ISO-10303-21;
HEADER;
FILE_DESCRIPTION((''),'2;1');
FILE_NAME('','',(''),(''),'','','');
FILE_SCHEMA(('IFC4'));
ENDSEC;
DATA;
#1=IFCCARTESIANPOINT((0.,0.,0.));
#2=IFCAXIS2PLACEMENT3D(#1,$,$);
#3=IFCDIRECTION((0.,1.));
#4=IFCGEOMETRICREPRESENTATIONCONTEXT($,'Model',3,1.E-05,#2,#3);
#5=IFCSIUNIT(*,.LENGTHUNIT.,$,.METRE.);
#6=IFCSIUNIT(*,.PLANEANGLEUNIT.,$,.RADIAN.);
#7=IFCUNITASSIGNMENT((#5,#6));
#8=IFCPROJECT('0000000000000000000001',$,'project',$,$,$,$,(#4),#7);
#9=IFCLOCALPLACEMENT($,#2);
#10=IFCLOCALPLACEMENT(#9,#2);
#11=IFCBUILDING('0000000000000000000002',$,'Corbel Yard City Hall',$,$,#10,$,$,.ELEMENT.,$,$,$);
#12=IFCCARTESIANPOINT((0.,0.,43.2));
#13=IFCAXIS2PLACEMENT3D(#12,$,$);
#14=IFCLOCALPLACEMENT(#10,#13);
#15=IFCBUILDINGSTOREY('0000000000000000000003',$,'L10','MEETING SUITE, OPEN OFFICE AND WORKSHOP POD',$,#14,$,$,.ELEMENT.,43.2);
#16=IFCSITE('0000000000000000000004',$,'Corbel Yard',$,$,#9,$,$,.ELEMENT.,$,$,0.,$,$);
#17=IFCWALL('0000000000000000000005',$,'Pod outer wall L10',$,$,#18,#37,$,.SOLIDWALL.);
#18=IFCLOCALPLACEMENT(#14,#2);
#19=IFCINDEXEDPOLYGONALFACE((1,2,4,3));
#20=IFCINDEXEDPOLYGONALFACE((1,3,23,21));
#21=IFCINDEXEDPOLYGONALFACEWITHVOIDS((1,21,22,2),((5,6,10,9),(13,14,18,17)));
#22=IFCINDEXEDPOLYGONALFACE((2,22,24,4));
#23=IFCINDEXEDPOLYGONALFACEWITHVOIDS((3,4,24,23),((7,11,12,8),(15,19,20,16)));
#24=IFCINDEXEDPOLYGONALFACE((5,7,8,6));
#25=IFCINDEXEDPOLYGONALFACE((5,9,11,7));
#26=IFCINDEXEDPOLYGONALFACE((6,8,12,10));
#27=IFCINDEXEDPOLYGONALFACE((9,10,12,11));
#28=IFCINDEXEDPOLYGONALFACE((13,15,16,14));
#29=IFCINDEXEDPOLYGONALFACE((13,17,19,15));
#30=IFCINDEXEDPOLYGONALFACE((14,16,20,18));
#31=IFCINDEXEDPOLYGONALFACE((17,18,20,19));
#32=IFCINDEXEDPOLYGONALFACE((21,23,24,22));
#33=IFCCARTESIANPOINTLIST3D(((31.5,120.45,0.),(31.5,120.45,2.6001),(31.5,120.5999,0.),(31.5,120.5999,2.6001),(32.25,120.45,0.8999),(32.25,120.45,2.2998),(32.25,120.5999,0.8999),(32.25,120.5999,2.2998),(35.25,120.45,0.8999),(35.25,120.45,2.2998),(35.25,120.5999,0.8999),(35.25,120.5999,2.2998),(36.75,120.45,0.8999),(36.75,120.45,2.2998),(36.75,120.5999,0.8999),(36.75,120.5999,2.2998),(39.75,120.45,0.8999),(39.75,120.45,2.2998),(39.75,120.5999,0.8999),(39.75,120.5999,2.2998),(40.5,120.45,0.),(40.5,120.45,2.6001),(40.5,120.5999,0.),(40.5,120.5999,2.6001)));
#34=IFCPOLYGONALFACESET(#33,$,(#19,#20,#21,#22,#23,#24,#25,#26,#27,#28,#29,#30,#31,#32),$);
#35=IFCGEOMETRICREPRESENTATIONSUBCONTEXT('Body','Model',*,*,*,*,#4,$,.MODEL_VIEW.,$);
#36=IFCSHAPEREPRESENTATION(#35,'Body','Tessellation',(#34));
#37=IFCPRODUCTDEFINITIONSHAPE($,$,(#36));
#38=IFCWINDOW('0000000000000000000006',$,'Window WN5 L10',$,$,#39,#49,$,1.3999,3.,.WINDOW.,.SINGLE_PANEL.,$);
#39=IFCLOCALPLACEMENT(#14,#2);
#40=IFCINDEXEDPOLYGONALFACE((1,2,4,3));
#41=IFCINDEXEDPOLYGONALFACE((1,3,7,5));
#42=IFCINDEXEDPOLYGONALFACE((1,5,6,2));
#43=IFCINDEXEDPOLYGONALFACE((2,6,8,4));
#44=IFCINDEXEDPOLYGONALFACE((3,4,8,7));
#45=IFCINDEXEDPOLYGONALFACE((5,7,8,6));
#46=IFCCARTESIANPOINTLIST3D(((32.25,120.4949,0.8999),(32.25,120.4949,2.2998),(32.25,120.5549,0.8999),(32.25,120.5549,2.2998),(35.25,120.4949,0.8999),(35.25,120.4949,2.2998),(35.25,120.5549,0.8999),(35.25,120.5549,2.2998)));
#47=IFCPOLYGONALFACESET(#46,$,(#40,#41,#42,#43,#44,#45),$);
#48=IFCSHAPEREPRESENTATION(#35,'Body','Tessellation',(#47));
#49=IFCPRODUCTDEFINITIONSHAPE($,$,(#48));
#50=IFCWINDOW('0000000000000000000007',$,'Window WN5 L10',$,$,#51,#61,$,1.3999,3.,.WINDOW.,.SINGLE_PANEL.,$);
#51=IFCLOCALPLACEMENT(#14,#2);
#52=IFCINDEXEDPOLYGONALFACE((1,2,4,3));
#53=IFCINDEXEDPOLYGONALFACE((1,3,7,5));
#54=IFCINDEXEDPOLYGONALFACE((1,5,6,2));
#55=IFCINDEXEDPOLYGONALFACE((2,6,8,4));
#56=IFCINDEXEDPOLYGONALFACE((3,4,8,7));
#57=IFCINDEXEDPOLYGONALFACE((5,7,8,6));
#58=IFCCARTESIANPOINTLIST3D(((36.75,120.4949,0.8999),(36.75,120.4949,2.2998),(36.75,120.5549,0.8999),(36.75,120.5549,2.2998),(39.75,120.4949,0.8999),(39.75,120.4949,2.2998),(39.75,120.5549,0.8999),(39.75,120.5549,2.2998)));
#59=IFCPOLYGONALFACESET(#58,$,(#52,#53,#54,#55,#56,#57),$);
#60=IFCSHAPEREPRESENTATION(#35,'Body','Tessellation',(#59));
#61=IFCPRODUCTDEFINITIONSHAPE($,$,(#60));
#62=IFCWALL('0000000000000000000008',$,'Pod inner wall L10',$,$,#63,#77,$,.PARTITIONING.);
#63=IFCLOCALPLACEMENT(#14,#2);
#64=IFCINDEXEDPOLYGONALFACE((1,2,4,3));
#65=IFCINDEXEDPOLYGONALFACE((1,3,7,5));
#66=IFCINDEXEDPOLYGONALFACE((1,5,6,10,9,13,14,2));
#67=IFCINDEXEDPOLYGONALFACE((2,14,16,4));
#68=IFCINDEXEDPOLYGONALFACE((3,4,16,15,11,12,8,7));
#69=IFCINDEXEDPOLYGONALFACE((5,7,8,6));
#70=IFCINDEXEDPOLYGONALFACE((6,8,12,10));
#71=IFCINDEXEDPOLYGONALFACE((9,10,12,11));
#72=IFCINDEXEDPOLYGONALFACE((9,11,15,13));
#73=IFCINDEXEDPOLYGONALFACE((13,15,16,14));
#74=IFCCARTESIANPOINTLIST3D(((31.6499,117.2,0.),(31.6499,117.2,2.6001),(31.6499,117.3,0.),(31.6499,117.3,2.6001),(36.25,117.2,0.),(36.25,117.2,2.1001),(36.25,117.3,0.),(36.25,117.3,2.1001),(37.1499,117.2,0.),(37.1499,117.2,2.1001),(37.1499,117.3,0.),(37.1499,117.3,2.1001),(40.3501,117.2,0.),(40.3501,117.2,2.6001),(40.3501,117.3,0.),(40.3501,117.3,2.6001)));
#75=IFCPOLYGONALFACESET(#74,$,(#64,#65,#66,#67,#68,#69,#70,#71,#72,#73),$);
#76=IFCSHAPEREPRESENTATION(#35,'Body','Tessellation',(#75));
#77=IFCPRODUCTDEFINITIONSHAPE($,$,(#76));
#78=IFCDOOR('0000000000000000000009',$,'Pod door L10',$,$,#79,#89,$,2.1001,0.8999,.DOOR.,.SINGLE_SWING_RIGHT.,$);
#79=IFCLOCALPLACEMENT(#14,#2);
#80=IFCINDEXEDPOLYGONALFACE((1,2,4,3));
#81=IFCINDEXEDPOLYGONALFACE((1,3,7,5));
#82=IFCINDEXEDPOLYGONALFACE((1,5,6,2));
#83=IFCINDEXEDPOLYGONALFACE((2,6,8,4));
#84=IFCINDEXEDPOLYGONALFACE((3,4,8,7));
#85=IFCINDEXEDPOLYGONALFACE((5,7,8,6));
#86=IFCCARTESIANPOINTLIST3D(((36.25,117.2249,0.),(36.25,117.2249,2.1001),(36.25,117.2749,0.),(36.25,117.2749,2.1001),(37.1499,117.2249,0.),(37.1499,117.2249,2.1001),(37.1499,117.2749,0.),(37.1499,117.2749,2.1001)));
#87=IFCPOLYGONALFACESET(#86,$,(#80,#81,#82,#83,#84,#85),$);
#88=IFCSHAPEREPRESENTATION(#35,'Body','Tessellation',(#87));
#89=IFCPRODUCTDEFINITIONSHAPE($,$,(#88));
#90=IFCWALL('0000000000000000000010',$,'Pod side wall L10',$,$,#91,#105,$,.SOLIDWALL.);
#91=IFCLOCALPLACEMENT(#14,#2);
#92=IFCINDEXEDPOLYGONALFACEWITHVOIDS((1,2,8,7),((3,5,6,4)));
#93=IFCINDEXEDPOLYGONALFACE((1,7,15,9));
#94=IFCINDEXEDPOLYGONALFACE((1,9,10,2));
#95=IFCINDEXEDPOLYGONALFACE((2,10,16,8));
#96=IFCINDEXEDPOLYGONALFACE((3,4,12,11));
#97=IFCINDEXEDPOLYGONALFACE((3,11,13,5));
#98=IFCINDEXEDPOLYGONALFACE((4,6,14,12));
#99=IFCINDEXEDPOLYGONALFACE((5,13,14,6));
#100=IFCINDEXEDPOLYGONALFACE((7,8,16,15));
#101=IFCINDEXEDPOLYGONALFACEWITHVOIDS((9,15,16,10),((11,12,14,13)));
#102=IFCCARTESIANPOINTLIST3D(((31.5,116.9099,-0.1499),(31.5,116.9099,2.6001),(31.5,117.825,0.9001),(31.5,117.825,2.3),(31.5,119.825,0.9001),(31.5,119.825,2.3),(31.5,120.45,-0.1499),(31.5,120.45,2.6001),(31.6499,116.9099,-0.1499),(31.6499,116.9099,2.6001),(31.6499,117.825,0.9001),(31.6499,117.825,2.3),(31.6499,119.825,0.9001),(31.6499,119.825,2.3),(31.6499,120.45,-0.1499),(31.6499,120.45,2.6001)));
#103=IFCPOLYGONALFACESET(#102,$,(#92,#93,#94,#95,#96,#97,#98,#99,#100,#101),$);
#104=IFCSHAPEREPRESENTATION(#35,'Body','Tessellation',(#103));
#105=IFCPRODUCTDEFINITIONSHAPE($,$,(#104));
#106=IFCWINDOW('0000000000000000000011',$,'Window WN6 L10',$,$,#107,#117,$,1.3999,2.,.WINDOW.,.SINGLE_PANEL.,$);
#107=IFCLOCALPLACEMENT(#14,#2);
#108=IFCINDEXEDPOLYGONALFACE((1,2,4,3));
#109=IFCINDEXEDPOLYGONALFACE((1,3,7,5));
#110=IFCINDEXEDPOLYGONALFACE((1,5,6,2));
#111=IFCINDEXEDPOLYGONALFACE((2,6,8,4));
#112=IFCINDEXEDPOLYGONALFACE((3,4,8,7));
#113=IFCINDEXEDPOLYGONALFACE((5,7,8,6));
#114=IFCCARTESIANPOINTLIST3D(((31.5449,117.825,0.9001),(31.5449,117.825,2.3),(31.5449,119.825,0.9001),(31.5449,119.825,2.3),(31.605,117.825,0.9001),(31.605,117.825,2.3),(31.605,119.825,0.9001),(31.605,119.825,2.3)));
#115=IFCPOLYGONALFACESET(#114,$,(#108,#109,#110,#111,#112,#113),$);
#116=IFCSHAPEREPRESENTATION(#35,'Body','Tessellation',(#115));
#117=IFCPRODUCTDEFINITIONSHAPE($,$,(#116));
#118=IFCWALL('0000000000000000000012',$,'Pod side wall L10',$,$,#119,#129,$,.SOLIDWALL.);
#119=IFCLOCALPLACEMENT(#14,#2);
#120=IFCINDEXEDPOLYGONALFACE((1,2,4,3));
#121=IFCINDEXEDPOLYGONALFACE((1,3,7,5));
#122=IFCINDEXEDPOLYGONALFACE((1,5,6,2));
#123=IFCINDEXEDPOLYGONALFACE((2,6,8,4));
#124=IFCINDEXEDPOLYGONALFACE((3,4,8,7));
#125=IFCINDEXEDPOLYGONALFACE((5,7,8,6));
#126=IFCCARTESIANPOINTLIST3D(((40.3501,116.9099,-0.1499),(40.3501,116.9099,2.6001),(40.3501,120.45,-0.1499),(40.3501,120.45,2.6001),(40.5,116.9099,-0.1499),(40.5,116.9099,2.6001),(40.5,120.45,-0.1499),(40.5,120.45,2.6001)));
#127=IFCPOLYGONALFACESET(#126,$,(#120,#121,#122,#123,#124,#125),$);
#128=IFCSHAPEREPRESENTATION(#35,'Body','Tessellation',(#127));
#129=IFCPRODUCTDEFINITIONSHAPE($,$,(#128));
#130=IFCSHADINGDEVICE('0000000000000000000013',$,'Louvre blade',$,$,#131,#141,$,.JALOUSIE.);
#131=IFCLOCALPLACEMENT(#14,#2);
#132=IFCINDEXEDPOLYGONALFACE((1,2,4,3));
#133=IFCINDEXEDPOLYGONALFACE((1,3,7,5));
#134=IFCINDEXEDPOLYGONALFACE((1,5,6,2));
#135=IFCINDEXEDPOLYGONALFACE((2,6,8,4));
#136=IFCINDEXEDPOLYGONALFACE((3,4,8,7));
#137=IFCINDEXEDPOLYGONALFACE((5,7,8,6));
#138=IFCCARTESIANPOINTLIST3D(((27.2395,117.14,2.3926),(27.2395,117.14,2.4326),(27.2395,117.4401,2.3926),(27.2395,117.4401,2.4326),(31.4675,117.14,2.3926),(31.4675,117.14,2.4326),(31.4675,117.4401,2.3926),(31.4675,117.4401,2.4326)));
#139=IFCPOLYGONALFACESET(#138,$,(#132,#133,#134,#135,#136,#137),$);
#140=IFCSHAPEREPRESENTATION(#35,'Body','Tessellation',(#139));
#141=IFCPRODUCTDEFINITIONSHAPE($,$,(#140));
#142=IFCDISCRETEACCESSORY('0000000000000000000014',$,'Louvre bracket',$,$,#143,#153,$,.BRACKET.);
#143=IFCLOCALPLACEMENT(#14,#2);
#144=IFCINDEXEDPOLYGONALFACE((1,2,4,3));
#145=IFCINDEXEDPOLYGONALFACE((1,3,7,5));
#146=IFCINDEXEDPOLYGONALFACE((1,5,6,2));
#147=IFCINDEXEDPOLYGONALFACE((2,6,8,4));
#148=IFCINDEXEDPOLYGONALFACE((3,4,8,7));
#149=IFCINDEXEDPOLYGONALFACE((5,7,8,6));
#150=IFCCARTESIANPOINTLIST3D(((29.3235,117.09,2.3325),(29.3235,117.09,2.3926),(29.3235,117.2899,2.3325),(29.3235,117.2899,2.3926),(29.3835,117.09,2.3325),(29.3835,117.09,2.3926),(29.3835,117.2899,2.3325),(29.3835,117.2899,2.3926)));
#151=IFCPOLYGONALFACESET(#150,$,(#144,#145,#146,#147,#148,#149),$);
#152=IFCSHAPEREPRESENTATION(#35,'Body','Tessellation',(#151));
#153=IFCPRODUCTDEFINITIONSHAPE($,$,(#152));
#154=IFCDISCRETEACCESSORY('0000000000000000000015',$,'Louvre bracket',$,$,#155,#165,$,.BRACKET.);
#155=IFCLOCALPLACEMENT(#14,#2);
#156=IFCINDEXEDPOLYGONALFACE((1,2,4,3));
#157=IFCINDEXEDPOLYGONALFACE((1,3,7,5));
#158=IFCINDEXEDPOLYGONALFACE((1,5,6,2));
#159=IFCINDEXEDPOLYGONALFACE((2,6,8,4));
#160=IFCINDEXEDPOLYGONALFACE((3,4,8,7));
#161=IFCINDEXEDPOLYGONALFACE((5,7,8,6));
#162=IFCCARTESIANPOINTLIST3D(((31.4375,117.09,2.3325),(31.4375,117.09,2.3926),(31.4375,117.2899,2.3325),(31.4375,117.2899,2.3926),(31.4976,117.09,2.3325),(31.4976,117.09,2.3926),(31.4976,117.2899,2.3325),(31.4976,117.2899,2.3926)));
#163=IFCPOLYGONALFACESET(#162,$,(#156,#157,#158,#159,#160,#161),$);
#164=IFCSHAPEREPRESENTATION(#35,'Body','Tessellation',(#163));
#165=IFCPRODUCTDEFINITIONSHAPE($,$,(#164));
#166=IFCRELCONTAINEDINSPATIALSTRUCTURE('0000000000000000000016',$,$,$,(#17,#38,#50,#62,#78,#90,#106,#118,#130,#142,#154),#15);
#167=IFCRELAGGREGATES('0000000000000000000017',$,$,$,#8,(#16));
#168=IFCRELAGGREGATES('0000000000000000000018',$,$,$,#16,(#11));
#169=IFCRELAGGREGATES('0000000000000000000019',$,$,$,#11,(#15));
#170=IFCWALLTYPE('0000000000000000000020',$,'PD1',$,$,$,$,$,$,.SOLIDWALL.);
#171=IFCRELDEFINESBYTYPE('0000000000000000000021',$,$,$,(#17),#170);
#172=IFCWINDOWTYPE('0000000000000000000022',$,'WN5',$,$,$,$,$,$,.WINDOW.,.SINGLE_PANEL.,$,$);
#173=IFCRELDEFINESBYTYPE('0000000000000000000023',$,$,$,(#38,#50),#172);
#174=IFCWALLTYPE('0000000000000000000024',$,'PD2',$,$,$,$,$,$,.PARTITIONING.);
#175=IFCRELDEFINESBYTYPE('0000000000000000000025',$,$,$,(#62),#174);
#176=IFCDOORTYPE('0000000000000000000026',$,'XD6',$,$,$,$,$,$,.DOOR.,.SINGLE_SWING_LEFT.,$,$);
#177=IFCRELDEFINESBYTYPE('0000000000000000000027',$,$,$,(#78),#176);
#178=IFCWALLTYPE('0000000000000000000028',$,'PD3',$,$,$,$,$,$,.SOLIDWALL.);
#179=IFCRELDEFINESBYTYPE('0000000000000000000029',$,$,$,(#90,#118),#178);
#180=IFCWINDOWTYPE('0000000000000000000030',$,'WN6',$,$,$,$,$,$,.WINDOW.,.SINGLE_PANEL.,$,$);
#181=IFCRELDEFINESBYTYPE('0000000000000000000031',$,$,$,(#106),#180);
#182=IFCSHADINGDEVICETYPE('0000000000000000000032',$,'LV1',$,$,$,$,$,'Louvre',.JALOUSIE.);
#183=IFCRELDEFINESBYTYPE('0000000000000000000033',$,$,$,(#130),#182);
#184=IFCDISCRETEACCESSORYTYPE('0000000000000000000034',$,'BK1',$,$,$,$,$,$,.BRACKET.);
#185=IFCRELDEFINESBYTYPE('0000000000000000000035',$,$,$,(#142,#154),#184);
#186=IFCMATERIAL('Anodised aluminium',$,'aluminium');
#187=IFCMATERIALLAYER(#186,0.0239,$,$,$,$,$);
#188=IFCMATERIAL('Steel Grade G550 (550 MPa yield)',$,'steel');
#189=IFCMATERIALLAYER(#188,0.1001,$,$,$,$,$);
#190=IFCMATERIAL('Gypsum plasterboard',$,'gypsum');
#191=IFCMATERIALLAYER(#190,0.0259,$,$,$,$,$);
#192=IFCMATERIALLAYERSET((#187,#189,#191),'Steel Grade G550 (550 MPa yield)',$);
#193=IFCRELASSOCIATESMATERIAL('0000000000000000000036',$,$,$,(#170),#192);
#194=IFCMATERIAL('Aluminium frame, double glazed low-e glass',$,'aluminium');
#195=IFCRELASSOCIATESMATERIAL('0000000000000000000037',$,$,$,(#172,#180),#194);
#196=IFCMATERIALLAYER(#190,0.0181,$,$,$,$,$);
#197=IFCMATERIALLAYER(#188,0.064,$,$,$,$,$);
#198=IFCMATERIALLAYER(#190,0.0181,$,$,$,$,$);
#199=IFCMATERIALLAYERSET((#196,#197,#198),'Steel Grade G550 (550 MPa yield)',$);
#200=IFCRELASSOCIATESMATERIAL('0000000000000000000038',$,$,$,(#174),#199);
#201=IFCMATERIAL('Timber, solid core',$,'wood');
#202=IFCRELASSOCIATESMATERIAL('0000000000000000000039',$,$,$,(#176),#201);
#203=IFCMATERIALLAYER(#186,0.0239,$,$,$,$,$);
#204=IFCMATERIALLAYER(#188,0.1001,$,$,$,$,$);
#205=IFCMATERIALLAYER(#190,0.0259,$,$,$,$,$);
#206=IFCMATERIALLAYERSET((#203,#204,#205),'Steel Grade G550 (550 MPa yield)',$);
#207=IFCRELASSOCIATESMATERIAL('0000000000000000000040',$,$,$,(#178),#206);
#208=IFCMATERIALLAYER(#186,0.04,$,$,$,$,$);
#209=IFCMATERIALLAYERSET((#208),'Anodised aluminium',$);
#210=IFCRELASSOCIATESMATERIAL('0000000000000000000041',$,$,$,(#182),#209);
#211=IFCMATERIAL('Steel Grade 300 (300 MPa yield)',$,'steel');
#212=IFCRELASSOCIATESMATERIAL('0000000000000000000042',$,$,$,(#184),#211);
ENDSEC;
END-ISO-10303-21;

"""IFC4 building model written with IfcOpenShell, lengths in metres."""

from ifc_helpers import new_model, si_unit, direction, frame, frame_2d, origin, origin_2d, place, context, subcontext, project, spatial, rectangle, extrude, material, layer, layer_set, type_object, element, fill, save


model = new_model("IFC4")

# Units and contexts
model_context = context("Model", 3, precision=1e-05, world=origin(), true_north=direction((0.0, 1.0)))
body_context = subcontext(model_context, "Body", "Model", "MODEL_VIEW")
ifc_project = project(units=[si_unit("LENGTHUNIT", "METRE"), si_unit("PLANEANGLEUNIT", "RADIAN")], contexts=[model_context])

# Site, building, storey
site_placement = place(None, origin())
site = spatial("IfcSite", under=ifc_project, at=site_placement, Name="Corbel Yard", CompositionType="ELEMENT", RefElevation=0.0)
building_placement = place(site_placement, origin())
building = spatial("IfcBuilding", under=site, at=building_placement, Name="Corbel Yard City Hall", CompositionType="ELEMENT")
storey_placement = place(building_placement, frame((0.0, 0.0, 43.2)))
storey = spatial("IfcBuildingStorey", under=building, at=storey_placement, Name="L10", Description="MEETING SUITE, OPEN OFFICE AND WORKSHOP POD", CompositionType="ELEMENT", Elevation=43.2)

# Shared definitions
ifc_material_1 = material(Name="Steel Grade 300 (300 MPa yield)", Category="steel")

# Wall, openings, windows
ifc_material_2 = material(Name="Anodised aluminium", Category="aluminium")
ifc_layer_1 = layer(ifc_material_2, 0.0239)
ifc_material_3 = material(Name="Steel Grade G550 (550 MPa yield)", Category="steel")
ifc_layer_2 = layer(ifc_material_3, 0.1001)
ifc_material_4 = material(Name="Gypsum plasterboard", Category="gypsum")
ifc_layer_3 = layer(ifc_material_4, 0.0259)
ifc_layer_set_1 = layer_set([ifc_layer_1, ifc_layer_2, ifc_layer_3], Name="Steel Grade G550 (550 MPa yield)")
wall_type_1 = type_object("IfcWallType", Name="PD1", PredefinedType="SOLIDWALL", material=ifc_layer_set_1)
wall_1_placement = place(storey_placement, frame((31.5, 120.5249, 0.0), z_axis=(0.0, 0.0, 1.0), x_axis=(1.0, 0.0, 0.0)))
wall_1 = element("IfcWall", 1, at=wall_1_placement, inside=storey, type_object=wall_type_1, Name="Pod outer wall L10", PredefinedType="SOLIDWALL", context=body_context, shape_type="SweptSolid", body=[
    extrude(rectangle(XDim=9.0, YDim=0.1499, at=frame_2d((4.5, 0.0))), origin(), (0.0, 0.0, 1.0), 2.6001),
])
opening_1_placement = place(wall_1_placement, frame((0.75, 0.0, 0.8999)))
opening_1 = element("IfcOpeningElement", 2, at=opening_1_placement, cuts=wall_1, PredefinedType="OPENING", context=body_context, shape_type="SweptSolid", body=[
    extrude(rectangle(XDim=3.0, YDim=1.3999, at=frame_2d((1.5, 0.7))), frame((0.0, 0.085, 0.0), z_axis=(0.0, -1.0, 0.0), x_axis=(1.0, 0.0, 0.0)), (0.0, 0.0, 1.0), 0.1699),
])
opening_2_placement = place(wall_1_placement, frame((5.25, 0.0, 0.8999)))
opening_2 = element("IfcOpeningElement", 3, at=opening_2_placement, cuts=wall_1, PredefinedType="OPENING", context=body_context, shape_type="SweptSolid", body=[
    extrude(rectangle(XDim=3.0, YDim=1.3999, at=frame_2d((1.5, 0.7))), frame((0.0, 0.085, 0.0), z_axis=(0.0, -1.0, 0.0), x_axis=(1.0, 0.0, 0.0)), (0.0, 0.0, 1.0), 0.1699),
])
ifc_material_5 = material(Name="Aluminium frame, double glazed low-e glass", Category="aluminium")
window_type_1 = type_object("IfcWindowType", Name="WN5", PartitioningType="SINGLE_PANEL", PredefinedType="WINDOW", material=ifc_material_5)
window_1_placement = place(opening_1_placement, origin())
window_1 = element("IfcWindow", 4, at=window_1_placement, inside=storey, type_object=window_type_1, Name="Window WN5 L10", OverallHeight=1.3999, OverallWidth=3.0, PartitioningType="SINGLE_PANEL", PredefinedType="WINDOW", context=body_context, shape_type="SweptSolid", body=[
    extrude(rectangle(XDim=3.0, YDim=1.3999, at=frame_2d((1.5, 0.7))), frame((0.0, 0.03, 0.0), z_axis=(0.0, -1.0, 0.0), x_axis=(1.0, 0.0, 0.0)), (0.0, 0.0, 1.0), 0.0601),
])
fill(opening_1, window_1)
window_2_placement = place(opening_2_placement, origin())
window_2 = element("IfcWindow", 5, at=window_2_placement, inside=storey, type_object=window_type_1, Name="Window WN5 L10", OverallHeight=1.3999, OverallWidth=3.0, PartitioningType="SINGLE_PANEL", PredefinedType="WINDOW", context=body_context, shape_type="SweptSolid", body=[
    extrude(rectangle(XDim=3.0, YDim=1.3999, at=frame_2d((1.5, 0.7))), frame((0.0, 0.03, 0.0), z_axis=(0.0, -1.0, 0.0), x_axis=(1.0, 0.0, 0.0)), (0.0, 0.0, 1.0), 0.0601),
])
fill(opening_2, window_2)

# Wall, opening, door
ifc_layer_4 = layer(ifc_material_4, 0.0181)
ifc_layer_5 = layer(ifc_material_3, 0.064)
ifc_layer_6 = layer(ifc_material_4, 0.0181)
ifc_layer_set_2 = layer_set([ifc_layer_4, ifc_layer_5, ifc_layer_6], Name="Steel Grade G550 (550 MPa yield)")
wall_type_2 = type_object("IfcWallType", Name="PD2", PredefinedType="PARTITIONING", material=ifc_layer_set_2)
wall_2_placement = place(storey_placement, frame((31.6499, 117.25, 0.0), z_axis=(0.0, 0.0, 1.0), x_axis=(1.0, 0.0, 0.0)))
wall_2 = element("IfcWall", 6, at=wall_2_placement, inside=storey, type_object=wall_type_2, Name="Pod inner wall L10", PredefinedType="PARTITIONING", context=body_context, shape_type="SweptSolid", body=[
    extrude(rectangle(XDim=8.7002, YDim=0.1001, at=frame_2d((4.3501, 0.0))), origin(), (0.0, 0.0, 1.0), 2.6001),
])
opening_3_placement = place(wall_2_placement, frame((4.6001, 0.0, 0.0)))
opening_3 = element("IfcOpeningElement", 7, at=opening_3_placement, cuts=wall_2, PredefinedType="OPENING", context=body_context, shape_type="SweptSolid", body=[
    extrude(rectangle(XDim=0.8999, YDim=2.1001, at=frame_2d((0.45, 1.05))), frame((0.0, 0.0601, 0.0), z_axis=(0.0, -1.0, 0.0), x_axis=(1.0, 0.0, 0.0)), (0.0, 0.0, 1.0), 0.1201),
])
ifc_material_6 = material(Name="Timber, solid core", Category="wood")
door_type = type_object("IfcDoorType", Name="XD6", OperationType="SINGLE_SWING_LEFT", PredefinedType="DOOR", material=ifc_material_6)
door_placement = place(opening_3_placement, origin())
door = element("IfcDoor", 8, at=door_placement, inside=storey, type_object=door_type, Name="Pod door L10", OperationType="SINGLE_SWING_RIGHT", OverallHeight=2.1001, OverallWidth=0.8999, PredefinedType="DOOR", context=body_context, shape_type="SweptSolid", body=[
    extrude(rectangle(XDim=0.8999, YDim=2.1001, at=frame_2d((0.45, 1.05))), frame((0.0, 0.0249, 0.0), z_axis=(0.0, -1.0, 0.0), x_axis=(1.0, 0.0, 0.0)), (0.0, 0.0, 1.0), 0.05),
])
fill(opening_3, door)

# Wall, opening, window
ifc_layer_7 = layer(ifc_material_2, 0.0239)
ifc_layer_8 = layer(ifc_material_3, 0.1001)
ifc_layer_9 = layer(ifc_material_4, 0.0259)
ifc_layer_set_3 = layer_set([ifc_layer_7, ifc_layer_8, ifc_layer_9], Name="Steel Grade G550 (550 MPa yield)")
wall_type_3 = type_object("IfcWallType", Name="PD3", PredefinedType="SOLIDWALL", material=ifc_layer_set_3)
wall_3_placement = place(storey_placement, frame((31.575, 120.45, -0.1499), z_axis=(0.0, 0.0, 1.0), x_axis=(0.0, -1.0, 0.0)))
wall_3 = element("IfcWall", 9, at=wall_3_placement, inside=storey, type_object=wall_type_3, Name="Pod side wall L10", PredefinedType="SOLIDWALL", context=body_context, shape_type="SweptSolid", body=[
    extrude(rectangle(XDim=3.54, YDim=0.1499, at=frame_2d((1.77, 0.0))), origin(), (0.0, 0.0, 1.0), 2.75),
])
opening_4_placement = place(wall_3_placement, frame((0.625, 0.0, 1.05)))
opening_4 = element("IfcOpeningElement", 10, at=opening_4_placement, cuts=wall_3, PredefinedType="OPENING", context=body_context, shape_type="SweptSolid", body=[
    extrude(rectangle(XDim=2.0, YDim=1.3999, at=frame_2d((1.0, 0.7))), frame((0.0, 0.085, 0.0), z_axis=(0.0, -1.0, 0.0), x_axis=(1.0, 0.0, 0.0)), (0.0, 0.0, 1.0), 0.1699),
])
window_type_2 = type_object("IfcWindowType", Name="WN6", PartitioningType="SINGLE_PANEL", PredefinedType="WINDOW", material=ifc_material_5)
window_3_placement = place(opening_4_placement, origin())
window_3 = element("IfcWindow", 11, at=window_3_placement, inside=storey, type_object=window_type_2, Name="Window WN6 L10", OverallHeight=1.3999, OverallWidth=2.0, PartitioningType="SINGLE_PANEL", PredefinedType="WINDOW", context=body_context, shape_type="SweptSolid", body=[
    extrude(rectangle(XDim=2.0, YDim=1.3999, at=frame_2d((1.0, 0.7))), frame((0.0, 0.03, 0.0), z_axis=(0.0, -1.0, 0.0), x_axis=(1.0, 0.0, 0.0)), (0.0, 0.0, 1.0), 0.0601),
])
fill(opening_4, window_3)

# Wall
wall_4_placement = place(storey_placement, frame((40.425, 120.45, -0.1499), z_axis=(0.0, 0.0, 1.0), x_axis=(0.0, -1.0, 0.0)))
element("IfcWall", 12, at=wall_4_placement, inside=storey, type_object=wall_type_3, Name="Pod side wall L10", PredefinedType="SOLIDWALL", context=body_context, shape_type="SweptSolid", body=[
    extrude(rectangle(XDim=3.54, YDim=0.1499, at=frame_2d((1.77, 0.0))), origin(), (0.0, 0.0, 1.0), 2.75),
])

# Shading device
ifc_layer_10 = layer(ifc_material_2, 0.04)
ifc_layer_set_4 = layer_set([ifc_layer_10], Name="Anodised aluminium")
shading_device_type = type_object("IfcShadingDeviceType", Name="LV1", ElementType="Louvre", PredefinedType="JALOUSIE", material=ifc_layer_set_4)
shading_device_placement = place(storey_placement, frame((29.3535, 117.29, 2.3926), z_axis=(0.0, 0.0, 1.0), x_axis=(1.0, 0.0, 0.0)))
element("IfcShadingDevice", 13, at=shading_device_placement, inside=storey, type_object=shading_device_type, Name="Louvre blade", PredefinedType="JALOUSIE", context=body_context, shape_type="SweptSolid", body=[
    extrude(rectangle(XDim=4.228, YDim=0.3, at=origin_2d()), origin(), (0.0, 0.0, 1.0), 0.04),
])

# Discrete accessories
discrete_accessory_type = type_object("IfcDiscreteAccessoryType", Name="BK1", PredefinedType="BRACKET", material=ifc_material_1)
for number, where, z_axis, x_axis, name in (
    (14, (29.3535, 117.1899, 2.3325), (0.0, 0.0, 1.0), (1.0, 0.0, 0.0), "Louvre bracket"),
    (15, (31.4675, 117.1899, 2.3325), (0.0, 0.0, 1.0), (1.0, 0.0, 0.0), "Louvre bracket"),
):
    element("IfcDiscreteAccessory", number, at=place(storey_placement, frame(where, z_axis=z_axis, x_axis=x_axis)), inside=storey, type_object=discrete_accessory_type, Name=name, PredefinedType="BRACKET", context=body_context, shape_type="SweptSolid", body=[
        extrude(rectangle(XDim=0.0601, YDim=0.2, at=origin_2d()), origin(), (0.0, 0.0, 1.0), 0.0601),
    ])

save(model, "model.ifc")
